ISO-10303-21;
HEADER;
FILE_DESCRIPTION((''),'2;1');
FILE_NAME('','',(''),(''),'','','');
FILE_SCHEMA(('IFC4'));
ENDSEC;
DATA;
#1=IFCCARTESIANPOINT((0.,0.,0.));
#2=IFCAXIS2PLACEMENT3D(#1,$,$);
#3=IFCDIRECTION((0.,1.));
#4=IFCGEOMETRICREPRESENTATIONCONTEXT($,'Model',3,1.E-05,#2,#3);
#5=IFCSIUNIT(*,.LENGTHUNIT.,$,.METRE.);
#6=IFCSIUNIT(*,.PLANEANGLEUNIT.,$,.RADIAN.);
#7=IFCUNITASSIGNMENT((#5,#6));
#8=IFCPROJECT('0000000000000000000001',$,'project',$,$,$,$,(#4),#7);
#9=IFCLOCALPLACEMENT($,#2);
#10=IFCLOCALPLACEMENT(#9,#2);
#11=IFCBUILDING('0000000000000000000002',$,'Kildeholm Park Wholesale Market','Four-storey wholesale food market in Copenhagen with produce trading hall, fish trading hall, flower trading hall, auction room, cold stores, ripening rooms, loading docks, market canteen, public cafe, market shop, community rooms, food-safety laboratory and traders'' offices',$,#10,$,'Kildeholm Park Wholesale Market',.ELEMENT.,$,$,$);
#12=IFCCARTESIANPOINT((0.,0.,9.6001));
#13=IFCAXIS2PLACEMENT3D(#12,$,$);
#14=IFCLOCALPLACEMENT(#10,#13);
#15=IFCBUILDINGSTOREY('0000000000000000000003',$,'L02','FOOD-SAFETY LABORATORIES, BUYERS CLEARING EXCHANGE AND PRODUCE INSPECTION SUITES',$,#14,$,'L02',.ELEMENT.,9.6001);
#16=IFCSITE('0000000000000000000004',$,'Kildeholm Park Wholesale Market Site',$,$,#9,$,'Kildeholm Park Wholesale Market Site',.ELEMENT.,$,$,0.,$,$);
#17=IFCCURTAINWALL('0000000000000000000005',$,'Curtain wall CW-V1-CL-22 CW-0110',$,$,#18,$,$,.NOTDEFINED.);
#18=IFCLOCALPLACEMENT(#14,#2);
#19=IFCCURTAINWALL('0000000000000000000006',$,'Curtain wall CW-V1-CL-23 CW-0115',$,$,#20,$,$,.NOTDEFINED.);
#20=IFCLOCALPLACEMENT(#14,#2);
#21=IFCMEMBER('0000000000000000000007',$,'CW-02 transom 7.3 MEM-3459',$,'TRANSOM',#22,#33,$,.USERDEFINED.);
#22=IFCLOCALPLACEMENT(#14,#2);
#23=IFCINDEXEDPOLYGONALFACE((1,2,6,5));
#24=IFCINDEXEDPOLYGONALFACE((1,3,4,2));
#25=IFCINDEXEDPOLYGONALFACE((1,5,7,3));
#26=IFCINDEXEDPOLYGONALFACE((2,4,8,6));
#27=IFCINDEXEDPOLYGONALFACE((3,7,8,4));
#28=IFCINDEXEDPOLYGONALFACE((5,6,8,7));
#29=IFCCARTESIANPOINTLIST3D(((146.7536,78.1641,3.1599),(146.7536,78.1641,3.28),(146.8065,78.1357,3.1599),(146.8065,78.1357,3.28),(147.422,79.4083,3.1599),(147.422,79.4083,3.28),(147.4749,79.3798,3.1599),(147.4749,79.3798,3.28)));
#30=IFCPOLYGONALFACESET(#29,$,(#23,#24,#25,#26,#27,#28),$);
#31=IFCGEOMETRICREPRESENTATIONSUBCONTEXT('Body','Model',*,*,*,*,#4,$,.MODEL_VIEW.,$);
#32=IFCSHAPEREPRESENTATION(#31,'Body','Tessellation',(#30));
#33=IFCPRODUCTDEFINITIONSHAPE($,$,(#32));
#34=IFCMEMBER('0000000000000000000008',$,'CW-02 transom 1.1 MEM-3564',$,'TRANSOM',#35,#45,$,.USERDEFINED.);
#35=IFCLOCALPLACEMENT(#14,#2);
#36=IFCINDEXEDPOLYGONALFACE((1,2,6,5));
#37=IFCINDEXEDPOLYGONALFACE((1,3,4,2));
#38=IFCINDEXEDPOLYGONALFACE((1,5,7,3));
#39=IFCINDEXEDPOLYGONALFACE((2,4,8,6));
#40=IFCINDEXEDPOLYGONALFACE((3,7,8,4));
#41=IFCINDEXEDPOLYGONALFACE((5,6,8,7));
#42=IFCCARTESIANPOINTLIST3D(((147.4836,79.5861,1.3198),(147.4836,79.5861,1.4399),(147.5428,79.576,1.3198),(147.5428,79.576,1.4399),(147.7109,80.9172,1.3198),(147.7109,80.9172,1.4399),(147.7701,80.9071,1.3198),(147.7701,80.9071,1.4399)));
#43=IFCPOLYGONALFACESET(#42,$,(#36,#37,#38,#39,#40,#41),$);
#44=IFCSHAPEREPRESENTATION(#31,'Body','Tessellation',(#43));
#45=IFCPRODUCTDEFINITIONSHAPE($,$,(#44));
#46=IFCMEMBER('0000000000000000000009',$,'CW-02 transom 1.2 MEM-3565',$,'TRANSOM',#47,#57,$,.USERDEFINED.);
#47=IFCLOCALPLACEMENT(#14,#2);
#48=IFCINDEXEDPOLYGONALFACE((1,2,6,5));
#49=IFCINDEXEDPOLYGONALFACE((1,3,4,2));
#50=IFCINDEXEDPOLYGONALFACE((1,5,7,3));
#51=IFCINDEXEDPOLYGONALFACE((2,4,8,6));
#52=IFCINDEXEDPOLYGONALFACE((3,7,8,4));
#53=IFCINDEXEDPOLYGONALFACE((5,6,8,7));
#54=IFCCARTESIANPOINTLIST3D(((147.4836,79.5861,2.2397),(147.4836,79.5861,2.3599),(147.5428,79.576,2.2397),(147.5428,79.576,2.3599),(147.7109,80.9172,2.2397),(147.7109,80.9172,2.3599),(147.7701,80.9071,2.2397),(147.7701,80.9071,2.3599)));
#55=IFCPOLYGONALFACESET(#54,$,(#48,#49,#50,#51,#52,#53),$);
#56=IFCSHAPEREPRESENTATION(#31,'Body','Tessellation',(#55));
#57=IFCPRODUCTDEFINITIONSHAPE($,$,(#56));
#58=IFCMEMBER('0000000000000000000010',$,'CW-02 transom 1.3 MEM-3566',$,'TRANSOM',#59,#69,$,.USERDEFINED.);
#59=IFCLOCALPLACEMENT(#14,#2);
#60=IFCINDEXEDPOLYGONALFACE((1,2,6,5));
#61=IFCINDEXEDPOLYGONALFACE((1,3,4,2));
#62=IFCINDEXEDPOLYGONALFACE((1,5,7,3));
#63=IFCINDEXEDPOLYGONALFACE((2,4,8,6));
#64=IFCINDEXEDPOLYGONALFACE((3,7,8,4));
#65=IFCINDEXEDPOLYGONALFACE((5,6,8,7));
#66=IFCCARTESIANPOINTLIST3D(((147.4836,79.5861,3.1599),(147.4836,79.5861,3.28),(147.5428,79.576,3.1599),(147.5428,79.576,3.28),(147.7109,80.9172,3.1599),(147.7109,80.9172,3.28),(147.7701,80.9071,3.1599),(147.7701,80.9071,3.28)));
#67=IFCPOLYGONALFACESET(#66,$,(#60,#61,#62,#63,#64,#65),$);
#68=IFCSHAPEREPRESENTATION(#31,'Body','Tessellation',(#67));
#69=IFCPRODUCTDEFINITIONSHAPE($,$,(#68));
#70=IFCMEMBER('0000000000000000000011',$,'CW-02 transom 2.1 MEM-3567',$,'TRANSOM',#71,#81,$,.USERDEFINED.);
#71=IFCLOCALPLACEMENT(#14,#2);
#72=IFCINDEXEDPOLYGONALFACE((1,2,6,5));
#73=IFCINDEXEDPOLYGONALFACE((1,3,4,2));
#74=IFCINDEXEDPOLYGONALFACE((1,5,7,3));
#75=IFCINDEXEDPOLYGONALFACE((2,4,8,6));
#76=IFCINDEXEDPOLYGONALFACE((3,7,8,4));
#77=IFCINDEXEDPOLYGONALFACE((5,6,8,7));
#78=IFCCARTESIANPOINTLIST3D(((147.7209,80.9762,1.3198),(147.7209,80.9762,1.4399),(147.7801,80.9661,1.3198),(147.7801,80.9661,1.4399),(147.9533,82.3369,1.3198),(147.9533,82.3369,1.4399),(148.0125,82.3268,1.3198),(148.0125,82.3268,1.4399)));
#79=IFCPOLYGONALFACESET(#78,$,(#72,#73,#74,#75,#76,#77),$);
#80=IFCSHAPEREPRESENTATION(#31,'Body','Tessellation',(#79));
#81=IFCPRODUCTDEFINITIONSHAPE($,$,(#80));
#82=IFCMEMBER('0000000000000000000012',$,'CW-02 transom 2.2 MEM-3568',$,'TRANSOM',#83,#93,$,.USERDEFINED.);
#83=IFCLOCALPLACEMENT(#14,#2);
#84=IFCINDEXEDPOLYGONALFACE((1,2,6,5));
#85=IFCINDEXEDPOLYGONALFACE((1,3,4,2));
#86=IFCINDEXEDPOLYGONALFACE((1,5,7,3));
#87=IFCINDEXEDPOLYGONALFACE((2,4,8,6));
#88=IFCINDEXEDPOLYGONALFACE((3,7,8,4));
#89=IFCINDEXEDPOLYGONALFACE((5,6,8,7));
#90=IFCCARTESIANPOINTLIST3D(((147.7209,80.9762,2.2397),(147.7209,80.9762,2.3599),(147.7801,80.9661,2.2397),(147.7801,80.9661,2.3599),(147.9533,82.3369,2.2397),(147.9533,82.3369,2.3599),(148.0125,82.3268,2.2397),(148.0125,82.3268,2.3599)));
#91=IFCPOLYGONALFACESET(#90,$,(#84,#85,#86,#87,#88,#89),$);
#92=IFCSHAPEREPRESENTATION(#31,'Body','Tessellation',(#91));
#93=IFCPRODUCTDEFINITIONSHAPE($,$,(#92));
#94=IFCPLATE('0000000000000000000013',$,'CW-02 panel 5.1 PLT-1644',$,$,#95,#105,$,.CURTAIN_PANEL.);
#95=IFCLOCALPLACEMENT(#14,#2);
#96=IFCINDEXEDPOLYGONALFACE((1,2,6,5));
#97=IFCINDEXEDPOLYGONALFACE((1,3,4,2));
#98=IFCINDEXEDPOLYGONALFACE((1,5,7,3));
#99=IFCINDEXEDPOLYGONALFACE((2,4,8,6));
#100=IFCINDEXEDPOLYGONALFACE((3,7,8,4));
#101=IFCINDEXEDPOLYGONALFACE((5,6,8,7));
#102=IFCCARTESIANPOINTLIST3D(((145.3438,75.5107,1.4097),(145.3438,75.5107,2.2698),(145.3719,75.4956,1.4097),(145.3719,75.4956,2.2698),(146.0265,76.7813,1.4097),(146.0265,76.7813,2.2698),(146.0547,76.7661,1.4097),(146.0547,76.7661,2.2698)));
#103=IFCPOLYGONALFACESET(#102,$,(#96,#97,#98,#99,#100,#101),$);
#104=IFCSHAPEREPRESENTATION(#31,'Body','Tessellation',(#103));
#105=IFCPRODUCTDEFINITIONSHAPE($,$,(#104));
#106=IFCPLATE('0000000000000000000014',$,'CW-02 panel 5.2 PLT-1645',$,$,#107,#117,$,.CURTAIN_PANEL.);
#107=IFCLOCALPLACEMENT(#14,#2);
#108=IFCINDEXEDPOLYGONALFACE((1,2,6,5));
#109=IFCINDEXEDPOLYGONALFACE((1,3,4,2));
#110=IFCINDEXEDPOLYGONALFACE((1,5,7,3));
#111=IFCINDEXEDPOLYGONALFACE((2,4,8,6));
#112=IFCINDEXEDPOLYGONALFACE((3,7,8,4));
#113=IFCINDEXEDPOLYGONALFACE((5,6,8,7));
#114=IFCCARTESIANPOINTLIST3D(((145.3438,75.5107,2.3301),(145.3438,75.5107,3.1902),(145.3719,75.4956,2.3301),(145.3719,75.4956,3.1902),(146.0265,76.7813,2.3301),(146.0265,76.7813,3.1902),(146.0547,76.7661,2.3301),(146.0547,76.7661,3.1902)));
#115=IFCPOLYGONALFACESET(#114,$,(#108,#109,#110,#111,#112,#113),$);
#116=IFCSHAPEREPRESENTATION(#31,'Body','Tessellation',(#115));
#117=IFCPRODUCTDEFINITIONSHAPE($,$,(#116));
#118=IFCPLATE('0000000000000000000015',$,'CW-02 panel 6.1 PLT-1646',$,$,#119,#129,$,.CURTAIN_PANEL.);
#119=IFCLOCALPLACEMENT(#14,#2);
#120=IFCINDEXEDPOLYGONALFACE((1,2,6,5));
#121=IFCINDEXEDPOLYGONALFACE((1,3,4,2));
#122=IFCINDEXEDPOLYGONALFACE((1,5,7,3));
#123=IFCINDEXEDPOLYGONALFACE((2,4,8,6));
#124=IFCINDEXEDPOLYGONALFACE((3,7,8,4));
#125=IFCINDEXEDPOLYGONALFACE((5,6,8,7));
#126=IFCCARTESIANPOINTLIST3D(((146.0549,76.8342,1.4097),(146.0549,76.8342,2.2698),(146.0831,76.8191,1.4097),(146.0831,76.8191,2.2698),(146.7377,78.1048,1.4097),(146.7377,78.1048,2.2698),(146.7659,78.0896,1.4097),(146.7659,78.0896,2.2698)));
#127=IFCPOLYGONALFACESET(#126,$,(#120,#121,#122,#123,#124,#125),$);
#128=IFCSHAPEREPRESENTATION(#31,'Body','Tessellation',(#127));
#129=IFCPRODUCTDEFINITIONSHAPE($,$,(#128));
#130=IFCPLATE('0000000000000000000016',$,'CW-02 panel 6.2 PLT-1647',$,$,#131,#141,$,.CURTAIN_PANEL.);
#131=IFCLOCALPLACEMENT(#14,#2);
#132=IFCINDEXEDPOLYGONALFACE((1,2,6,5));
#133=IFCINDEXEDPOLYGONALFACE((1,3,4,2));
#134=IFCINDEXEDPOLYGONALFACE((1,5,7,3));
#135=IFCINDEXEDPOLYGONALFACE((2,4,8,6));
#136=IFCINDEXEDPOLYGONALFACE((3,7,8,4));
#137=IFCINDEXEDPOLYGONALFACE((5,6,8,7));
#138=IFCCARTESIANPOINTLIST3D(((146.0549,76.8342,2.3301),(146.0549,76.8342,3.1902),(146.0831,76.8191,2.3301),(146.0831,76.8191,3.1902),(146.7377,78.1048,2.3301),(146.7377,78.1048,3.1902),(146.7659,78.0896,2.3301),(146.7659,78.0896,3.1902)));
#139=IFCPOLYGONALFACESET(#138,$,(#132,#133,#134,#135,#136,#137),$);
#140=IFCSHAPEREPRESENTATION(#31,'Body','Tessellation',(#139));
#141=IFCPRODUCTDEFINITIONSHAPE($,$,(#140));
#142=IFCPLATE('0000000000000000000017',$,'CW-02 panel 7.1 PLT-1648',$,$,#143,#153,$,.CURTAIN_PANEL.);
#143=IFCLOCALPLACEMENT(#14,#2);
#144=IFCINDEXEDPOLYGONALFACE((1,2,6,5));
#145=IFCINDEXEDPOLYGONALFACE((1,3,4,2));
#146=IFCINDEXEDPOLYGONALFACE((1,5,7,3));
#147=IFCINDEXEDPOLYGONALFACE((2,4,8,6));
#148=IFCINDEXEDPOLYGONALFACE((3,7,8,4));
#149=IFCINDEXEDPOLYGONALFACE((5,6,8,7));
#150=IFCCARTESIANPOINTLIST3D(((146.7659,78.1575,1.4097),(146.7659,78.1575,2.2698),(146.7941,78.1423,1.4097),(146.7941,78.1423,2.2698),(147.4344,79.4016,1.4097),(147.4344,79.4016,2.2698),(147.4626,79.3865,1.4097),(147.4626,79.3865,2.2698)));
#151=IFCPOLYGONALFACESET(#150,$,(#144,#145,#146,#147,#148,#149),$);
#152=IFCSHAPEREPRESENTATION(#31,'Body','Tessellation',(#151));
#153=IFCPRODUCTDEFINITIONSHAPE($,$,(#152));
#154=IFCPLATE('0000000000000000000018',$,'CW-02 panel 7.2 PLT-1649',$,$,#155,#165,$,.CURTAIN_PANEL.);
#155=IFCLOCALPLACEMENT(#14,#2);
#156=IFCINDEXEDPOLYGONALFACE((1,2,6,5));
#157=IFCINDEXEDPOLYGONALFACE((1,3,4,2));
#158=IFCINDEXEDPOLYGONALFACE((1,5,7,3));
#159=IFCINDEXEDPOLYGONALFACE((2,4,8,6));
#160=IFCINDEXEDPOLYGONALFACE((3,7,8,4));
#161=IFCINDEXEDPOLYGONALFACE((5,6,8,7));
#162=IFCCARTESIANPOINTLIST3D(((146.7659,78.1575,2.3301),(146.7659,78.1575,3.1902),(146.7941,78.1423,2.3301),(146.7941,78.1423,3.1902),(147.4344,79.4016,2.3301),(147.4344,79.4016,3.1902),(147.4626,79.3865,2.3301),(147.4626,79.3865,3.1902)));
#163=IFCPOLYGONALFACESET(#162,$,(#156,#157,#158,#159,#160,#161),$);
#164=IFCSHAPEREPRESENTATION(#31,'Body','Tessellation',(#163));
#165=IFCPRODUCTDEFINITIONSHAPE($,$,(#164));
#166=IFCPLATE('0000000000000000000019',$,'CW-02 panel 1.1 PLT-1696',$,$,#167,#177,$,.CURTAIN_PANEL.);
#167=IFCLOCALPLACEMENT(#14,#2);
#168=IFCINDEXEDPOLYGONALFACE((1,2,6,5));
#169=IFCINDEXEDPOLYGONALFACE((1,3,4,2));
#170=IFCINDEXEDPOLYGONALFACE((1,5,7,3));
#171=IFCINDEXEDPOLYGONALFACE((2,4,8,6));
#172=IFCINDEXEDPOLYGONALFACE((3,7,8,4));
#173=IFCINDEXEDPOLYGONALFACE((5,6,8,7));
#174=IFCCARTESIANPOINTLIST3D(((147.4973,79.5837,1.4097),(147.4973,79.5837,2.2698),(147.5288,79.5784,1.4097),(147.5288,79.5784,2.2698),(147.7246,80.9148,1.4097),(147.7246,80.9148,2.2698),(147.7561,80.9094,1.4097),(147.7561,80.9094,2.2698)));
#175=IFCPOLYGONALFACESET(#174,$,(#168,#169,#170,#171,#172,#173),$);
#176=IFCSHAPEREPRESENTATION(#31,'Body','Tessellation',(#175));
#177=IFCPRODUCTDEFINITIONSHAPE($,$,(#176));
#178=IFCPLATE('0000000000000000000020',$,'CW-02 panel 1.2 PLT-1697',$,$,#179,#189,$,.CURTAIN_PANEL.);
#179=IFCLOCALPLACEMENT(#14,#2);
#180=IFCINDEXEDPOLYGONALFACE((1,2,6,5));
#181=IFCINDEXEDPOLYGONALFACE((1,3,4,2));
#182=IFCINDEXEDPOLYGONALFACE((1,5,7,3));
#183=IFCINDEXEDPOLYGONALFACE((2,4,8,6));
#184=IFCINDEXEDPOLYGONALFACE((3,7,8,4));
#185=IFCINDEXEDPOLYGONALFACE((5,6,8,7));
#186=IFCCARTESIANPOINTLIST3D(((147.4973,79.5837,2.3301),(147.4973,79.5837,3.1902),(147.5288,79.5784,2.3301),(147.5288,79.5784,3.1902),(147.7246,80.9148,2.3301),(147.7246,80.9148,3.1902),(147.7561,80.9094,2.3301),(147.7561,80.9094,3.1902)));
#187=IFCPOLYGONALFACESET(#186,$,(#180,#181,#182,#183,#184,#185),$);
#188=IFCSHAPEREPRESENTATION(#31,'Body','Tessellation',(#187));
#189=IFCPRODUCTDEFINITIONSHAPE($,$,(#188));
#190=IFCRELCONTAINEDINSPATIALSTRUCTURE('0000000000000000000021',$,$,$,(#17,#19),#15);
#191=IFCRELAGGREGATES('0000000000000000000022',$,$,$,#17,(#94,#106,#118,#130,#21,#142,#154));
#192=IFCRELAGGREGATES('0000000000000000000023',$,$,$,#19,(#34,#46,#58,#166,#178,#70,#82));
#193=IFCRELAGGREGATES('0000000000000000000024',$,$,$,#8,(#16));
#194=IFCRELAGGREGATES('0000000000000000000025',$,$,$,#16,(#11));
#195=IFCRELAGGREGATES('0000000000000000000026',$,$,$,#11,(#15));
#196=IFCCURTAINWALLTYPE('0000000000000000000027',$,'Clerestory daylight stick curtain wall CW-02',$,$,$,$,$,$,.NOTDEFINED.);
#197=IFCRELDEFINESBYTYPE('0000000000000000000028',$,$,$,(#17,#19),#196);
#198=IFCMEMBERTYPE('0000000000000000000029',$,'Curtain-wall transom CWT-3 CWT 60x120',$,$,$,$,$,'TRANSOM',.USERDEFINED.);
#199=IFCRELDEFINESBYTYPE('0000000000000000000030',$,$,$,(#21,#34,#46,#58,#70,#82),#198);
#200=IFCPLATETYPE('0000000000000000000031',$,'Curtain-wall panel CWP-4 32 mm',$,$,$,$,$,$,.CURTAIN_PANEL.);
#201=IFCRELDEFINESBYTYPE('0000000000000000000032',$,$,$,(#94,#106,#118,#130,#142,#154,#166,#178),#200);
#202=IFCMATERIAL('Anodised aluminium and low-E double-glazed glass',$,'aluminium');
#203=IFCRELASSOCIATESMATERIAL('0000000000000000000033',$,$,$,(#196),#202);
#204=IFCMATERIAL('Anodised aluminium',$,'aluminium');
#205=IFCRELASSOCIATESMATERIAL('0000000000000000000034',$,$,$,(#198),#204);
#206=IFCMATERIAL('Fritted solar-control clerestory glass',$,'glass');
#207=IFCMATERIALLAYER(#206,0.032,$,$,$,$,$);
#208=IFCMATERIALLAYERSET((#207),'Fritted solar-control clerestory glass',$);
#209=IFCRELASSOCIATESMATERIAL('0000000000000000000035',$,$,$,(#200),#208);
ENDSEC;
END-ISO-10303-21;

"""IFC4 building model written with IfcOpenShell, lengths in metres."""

from ifc_helpers import new_model, si_unit, direction, frame, origin, origin_2d, place, context, subcontext, project, spatial, rectangle, extrude, material, layer, layer_set, material_profile, profile_set, type_object, element, aggregate, save


model = new_model("IFC4")

# Units and contexts
model_context = context("Model", 3, precision=1e-05, world=origin(), true_north=direction((0.0, 1.0)))
body_context = subcontext(model_context, "Body", "Model", "MODEL_VIEW")
ifc_project = project(units=[si_unit("LENGTHUNIT", "METRE"), si_unit("PLANEANGLEUNIT", "RADIAN")], contexts=[model_context])

# Site, building, storey
site_placement = place(None, origin())
site = spatial("IfcSite", under=ifc_project, at=site_placement, Name="Kildeholm Park Wholesale Market Site", LongName="Kildeholm Park Wholesale Market Site", CompositionType="ELEMENT", RefElevation=0.0)
building_placement = place(site_placement, origin())
building = spatial("IfcBuilding", under=site, at=building_placement, Name="Kildeholm Park Wholesale Market", Description="Four-storey wholesale food market in Copenhagen with produce trading hall, fish trading hall, flower trading hall, auction room, cold stores, ripening rooms, loading docks, market canteen, public cafe, market shop, community rooms, food-safety laboratory and traders' offices", LongName="Kildeholm Park Wholesale Market", CompositionType="ELEMENT")
storey_placement = place(building_placement, frame((0.0, 0.0, 9.6001)))
storey = spatial("IfcBuildingStorey", under=building, at=storey_placement, Name="L02", Description="FOOD-SAFETY LABORATORIES, BUYERS CLEARING EXCHANGE AND PRODUCE INSPECTION SUITES", LongName="L02", CompositionType="ELEMENT", Elevation=9.6001)

# Curtain walls
ifc_material_1 = material(Name="Anodised aluminium and low-E double-glazed glass", Category="aluminium")
curtain_wall_type = type_object("IfcCurtainWallType", Name="Clerestory daylight stick curtain wall CW-02", PredefinedType="NOTDEFINED", material=ifc_material_1)
curtain_wall_1_placement = place(storey_placement, origin())
curtain_wall_1 = element("IfcCurtainWall", 1, at=curtain_wall_1_placement, inside=storey, type_object=curtain_wall_type, Name="Curtain wall CW-V1-CL-22 CW-0110", PredefinedType="NOTDEFINED")
ifc_material_2 = material(Name="Anodised aluminium", Category="aluminium")
curtain_wall_2_placement = place(storey_placement, origin())
curtain_wall_2 = element("IfcCurtainWall", 2, at=curtain_wall_2_placement, inside=storey, type_object=curtain_wall_type, Name="Curtain wall CW-V1-CL-23 CW-0115", PredefinedType="NOTDEFINED")

# Members
ifc_material_profile_1 = material_profile(ifc_material_2, rectangle(XDim=0.0601, YDim=0.1201, at=origin_2d()), Name="CWT 60x120")
ifc_profile_set_1 = profile_set([ifc_material_profile_1], Name="Anodised aluminium")
member_type_1 = type_object("IfcMemberType", Name="Curtain-wall transom CWT-3 CWT 60x120", ElementType="TRANSOM", PredefinedType="USERDEFINED", material=ifc_profile_set_1)
member_1_placement = place(storey_placement, frame((146.78, 78.1499, 3.22), z_axis=(0.473296, 0.880904, 0.0), x_axis=(-0.880904, 0.473296, 0.0)))
member_1 = element("IfcMember", 3, at=member_1_placement, type_object=member_type_1, Name="CW-02 transom 7.3 MEM-3459", ObjectType="TRANSOM", PredefinedType="USERDEFINED", context=body_context, shape_type="SweptSolid", body=[
    extrude(rectangle(XDim=0.0601, YDim=0.1201, at=origin_2d()), origin(), (0.0, 0.0, 1.0), 1.4124),
])
member_2_placement = place(storey_placement, frame((147.5132, 79.5811, 1.3799), z_axis=(0.168326, 0.985731, 0.0), x_axis=(-0.985731, 0.168326, 0.0)))
member_2 = element("IfcMember", 4, at=member_2_placement, type_object=member_type_1, Name="CW-02 transom 1.1 MEM-3564", ObjectType="TRANSOM", PredefinedType="USERDEFINED", context=body_context, shape_type="SweptSolid", body=[
    extrude(rectangle(XDim=0.0601, YDim=0.1201, at=origin_2d()), origin(), (0.0, 0.0, 1.0), 1.3503),
])
member_3_placement = place(storey_placement, frame((147.5132, 79.5811, 2.2998), z_axis=(0.168326, 0.985731, 0.0), x_axis=(-0.985731, 0.168326, 0.0)))
member_3 = element("IfcMember", 5, at=member_3_placement, type_object=member_type_1, Name="CW-02 transom 1.2 MEM-3565", ObjectType="TRANSOM", PredefinedType="USERDEFINED", context=body_context, shape_type="SweptSolid", body=[
    extrude(rectangle(XDim=0.0601, YDim=0.1201, at=origin_2d()), origin(), (0.0, 0.0, 1.0), 1.3503),
])
member_4_placement = place(storey_placement, frame((147.5132, 79.5811, 3.22), z_axis=(0.168326, 0.985731, 0.0), x_axis=(-0.985731, 0.168326, 0.0)))
member_4 = element("IfcMember", 6, at=member_4_placement, type_object=member_type_1, Name="CW-02 transom 1.3 MEM-3566", ObjectType="TRANSOM", PredefinedType="USERDEFINED", context=body_context, shape_type="SweptSolid", body=[
    extrude(rectangle(XDim=0.0601, YDim=0.1201, at=origin_2d()), origin(), (0.0, 0.0, 1.0), 1.3503),
])
member_5_placement = place(storey_placement, frame((147.7505, 80.9712, 1.3799), z_axis=(0.168384, 0.985721, 0.0), x_axis=(-0.985721, 0.168384, 0.0)))
member_5 = element("IfcMember", 7, at=member_5_placement, type_object=member_type_1, Name="CW-02 transom 2.1 MEM-3567", ObjectType="TRANSOM", PredefinedType="USERDEFINED", context=body_context, shape_type="SweptSolid", body=[
    extrude(rectangle(XDim=0.0601, YDim=0.1201, at=origin_2d()), origin(), (0.0, 0.0, 1.0), 1.3804),
])
member_6_placement = place(storey_placement, frame((147.7505, 80.9712, 2.2998), z_axis=(0.168384, 0.985721, 0.0), x_axis=(-0.985721, 0.168384, 0.0)))
member_6 = element("IfcMember", 8, at=member_6_placement, type_object=member_type_1, Name="CW-02 transom 2.2 MEM-3568", ObjectType="TRANSOM", PredefinedType="USERDEFINED", context=body_context, shape_type="SweptSolid", body=[
    extrude(rectangle(XDim=0.0601, YDim=0.1201, at=origin_2d()), origin(), (0.0, 0.0, 1.0), 1.3804),
])

# Plates
ifc_material_3 = material(Name="Fritted solar-control clerestory glass", Category="glass")
ifc_layer_1 = layer(ifc_material_3, 0.032)
ifc_layer_set_1 = layer_set([ifc_layer_1], Name="Fritted solar-control clerestory glass")
plate_type_1 = type_object("IfcPlateType", Name="Curtain-wall panel CWP-4 32 mm", PredefinedType="CURTAIN_PANEL", material=ifc_layer_set_1)
plate_1_placement = place(storey_placement, frame((145.6992, 76.1384, 1.4097), z_axis=(0.0, 0.0, 1.0), x_axis=(0.47334, 0.88088, 0.0)))
plate_1 = element("IfcPlate", 9, at=plate_1_placement, type_object=plate_type_1, Name="CW-02 panel 5.1 PLT-1644", PredefinedType="CURTAIN_PANEL", context=body_context, shape_type="SweptSolid", body=[
    extrude(rectangle(XDim=1.4424, YDim=0.032, at=origin_2d()), origin(), (0.0, 0.0, 1.0), 0.8601),
])
plate_2_placement = place(storey_placement, frame((145.6992, 76.1384, 2.3301), z_axis=(0.0, 0.0, 1.0), x_axis=(0.47334, 0.88088, 0.0)))
plate_2 = element("IfcPlate", 10, at=plate_2_placement, type_object=plate_type_1, Name="CW-02 panel 5.2 PLT-1645", PredefinedType="CURTAIN_PANEL", context=body_context, shape_type="SweptSolid", body=[
    extrude(rectangle(XDim=1.4424, YDim=0.032, at=origin_2d()), origin(), (0.0, 0.0, 1.0), 0.8601),
])
plate_3_placement = place(storey_placement, frame((146.4104, 77.4619, 1.4097), z_axis=(0.0, 0.0, 1.0), x_axis=(0.47334, 0.88088, 0.0)))
plate_3 = element("IfcPlate", 11, at=plate_3_placement, type_object=plate_type_1, Name="CW-02 panel 6.1 PLT-1646", PredefinedType="CURTAIN_PANEL", context=body_context, shape_type="SweptSolid", body=[
    extrude(rectangle(XDim=1.4424, YDim=0.032, at=origin_2d()), origin(), (0.0, 0.0, 1.0), 0.8601),
])
plate_4_placement = place(storey_placement, frame((146.4104, 77.4619, 2.3301), z_axis=(0.0, 0.0, 1.0), x_axis=(0.47334, 0.88088, 0.0)))
plate_4 = element("IfcPlate", 12, at=plate_4_placement, type_object=plate_type_1, Name="CW-02 panel 6.2 PLT-1647", PredefinedType="CURTAIN_PANEL", context=body_context, shape_type="SweptSolid", body=[
    extrude(rectangle(XDim=1.4424, YDim=0.032, at=origin_2d()), origin(), (0.0, 0.0, 1.0), 0.8601),
])
plate_5_placement = place(storey_placement, frame((147.1143, 78.772, 1.4097), z_axis=(0.0, 0.0, 1.0), x_axis=(0.47334, 0.88088, 0.0)))
plate_5 = element("IfcPlate", 13, at=plate_5_placement, type_object=plate_type_1, Name="CW-02 panel 7.1 PLT-1648", PredefinedType="CURTAIN_PANEL", context=body_context, shape_type="SweptSolid", body=[
    extrude(rectangle(XDim=1.4124, YDim=0.032, at=origin_2d()), origin(), (0.0, 0.0, 1.0), 0.8601),
])
plate_6_placement = place(storey_placement, frame((147.1143, 78.772, 2.3301), z_axis=(0.0, 0.0, 1.0), x_axis=(0.47334, 0.88088, 0.0)))
plate_6 = element("IfcPlate", 14, at=plate_6_placement, type_object=plate_type_1, Name="CW-02 panel 7.2 PLT-1649", PredefinedType="CURTAIN_PANEL", context=body_context, shape_type="SweptSolid", body=[
    extrude(rectangle(XDim=1.4124, YDim=0.032, at=origin_2d()), origin(), (0.0, 0.0, 1.0), 0.8601),
])
aggregate(curtain_wall_1, [plate_1, plate_2, plate_3, plate_4, member_1, plate_5, plate_6])
plate_7_placement = place(storey_placement, frame((147.6267, 80.2466, 1.4097), z_axis=(0.0, 0.0, 1.0), x_axis=(0.168322, 0.985732, 0.0)))
plate_7 = element("IfcPlate", 15, at=plate_7_placement, type_object=plate_type_1, Name="CW-02 panel 1.1 PLT-1696", PredefinedType="CURTAIN_PANEL", context=body_context, shape_type="SweptSolid", body=[
    extrude(rectangle(XDim=1.3503, YDim=0.032, at=origin_2d()), origin(), (0.0, 0.0, 1.0), 0.8601),
])
plate_8_placement = place(storey_placement, frame((147.6267, 80.2466, 2.3301), z_axis=(0.0, 0.0, 1.0), x_axis=(0.168322, 0.985732, 0.0)))
plate_8 = element("IfcPlate", 16, at=plate_8_placement, type_object=plate_type_1, Name="CW-02 panel 1.2 PLT-1697", PredefinedType="CURTAIN_PANEL", context=body_context, shape_type="SweptSolid", body=[
    extrude(rectangle(XDim=1.3503, YDim=0.032, at=origin_2d()), origin(), (0.0, 0.0, 1.0), 0.8601),
])
aggregate(curtain_wall_2, [member_2, member_3, member_4, plate_7, plate_8, member_5, member_6])

save(model, "model.ifc")
